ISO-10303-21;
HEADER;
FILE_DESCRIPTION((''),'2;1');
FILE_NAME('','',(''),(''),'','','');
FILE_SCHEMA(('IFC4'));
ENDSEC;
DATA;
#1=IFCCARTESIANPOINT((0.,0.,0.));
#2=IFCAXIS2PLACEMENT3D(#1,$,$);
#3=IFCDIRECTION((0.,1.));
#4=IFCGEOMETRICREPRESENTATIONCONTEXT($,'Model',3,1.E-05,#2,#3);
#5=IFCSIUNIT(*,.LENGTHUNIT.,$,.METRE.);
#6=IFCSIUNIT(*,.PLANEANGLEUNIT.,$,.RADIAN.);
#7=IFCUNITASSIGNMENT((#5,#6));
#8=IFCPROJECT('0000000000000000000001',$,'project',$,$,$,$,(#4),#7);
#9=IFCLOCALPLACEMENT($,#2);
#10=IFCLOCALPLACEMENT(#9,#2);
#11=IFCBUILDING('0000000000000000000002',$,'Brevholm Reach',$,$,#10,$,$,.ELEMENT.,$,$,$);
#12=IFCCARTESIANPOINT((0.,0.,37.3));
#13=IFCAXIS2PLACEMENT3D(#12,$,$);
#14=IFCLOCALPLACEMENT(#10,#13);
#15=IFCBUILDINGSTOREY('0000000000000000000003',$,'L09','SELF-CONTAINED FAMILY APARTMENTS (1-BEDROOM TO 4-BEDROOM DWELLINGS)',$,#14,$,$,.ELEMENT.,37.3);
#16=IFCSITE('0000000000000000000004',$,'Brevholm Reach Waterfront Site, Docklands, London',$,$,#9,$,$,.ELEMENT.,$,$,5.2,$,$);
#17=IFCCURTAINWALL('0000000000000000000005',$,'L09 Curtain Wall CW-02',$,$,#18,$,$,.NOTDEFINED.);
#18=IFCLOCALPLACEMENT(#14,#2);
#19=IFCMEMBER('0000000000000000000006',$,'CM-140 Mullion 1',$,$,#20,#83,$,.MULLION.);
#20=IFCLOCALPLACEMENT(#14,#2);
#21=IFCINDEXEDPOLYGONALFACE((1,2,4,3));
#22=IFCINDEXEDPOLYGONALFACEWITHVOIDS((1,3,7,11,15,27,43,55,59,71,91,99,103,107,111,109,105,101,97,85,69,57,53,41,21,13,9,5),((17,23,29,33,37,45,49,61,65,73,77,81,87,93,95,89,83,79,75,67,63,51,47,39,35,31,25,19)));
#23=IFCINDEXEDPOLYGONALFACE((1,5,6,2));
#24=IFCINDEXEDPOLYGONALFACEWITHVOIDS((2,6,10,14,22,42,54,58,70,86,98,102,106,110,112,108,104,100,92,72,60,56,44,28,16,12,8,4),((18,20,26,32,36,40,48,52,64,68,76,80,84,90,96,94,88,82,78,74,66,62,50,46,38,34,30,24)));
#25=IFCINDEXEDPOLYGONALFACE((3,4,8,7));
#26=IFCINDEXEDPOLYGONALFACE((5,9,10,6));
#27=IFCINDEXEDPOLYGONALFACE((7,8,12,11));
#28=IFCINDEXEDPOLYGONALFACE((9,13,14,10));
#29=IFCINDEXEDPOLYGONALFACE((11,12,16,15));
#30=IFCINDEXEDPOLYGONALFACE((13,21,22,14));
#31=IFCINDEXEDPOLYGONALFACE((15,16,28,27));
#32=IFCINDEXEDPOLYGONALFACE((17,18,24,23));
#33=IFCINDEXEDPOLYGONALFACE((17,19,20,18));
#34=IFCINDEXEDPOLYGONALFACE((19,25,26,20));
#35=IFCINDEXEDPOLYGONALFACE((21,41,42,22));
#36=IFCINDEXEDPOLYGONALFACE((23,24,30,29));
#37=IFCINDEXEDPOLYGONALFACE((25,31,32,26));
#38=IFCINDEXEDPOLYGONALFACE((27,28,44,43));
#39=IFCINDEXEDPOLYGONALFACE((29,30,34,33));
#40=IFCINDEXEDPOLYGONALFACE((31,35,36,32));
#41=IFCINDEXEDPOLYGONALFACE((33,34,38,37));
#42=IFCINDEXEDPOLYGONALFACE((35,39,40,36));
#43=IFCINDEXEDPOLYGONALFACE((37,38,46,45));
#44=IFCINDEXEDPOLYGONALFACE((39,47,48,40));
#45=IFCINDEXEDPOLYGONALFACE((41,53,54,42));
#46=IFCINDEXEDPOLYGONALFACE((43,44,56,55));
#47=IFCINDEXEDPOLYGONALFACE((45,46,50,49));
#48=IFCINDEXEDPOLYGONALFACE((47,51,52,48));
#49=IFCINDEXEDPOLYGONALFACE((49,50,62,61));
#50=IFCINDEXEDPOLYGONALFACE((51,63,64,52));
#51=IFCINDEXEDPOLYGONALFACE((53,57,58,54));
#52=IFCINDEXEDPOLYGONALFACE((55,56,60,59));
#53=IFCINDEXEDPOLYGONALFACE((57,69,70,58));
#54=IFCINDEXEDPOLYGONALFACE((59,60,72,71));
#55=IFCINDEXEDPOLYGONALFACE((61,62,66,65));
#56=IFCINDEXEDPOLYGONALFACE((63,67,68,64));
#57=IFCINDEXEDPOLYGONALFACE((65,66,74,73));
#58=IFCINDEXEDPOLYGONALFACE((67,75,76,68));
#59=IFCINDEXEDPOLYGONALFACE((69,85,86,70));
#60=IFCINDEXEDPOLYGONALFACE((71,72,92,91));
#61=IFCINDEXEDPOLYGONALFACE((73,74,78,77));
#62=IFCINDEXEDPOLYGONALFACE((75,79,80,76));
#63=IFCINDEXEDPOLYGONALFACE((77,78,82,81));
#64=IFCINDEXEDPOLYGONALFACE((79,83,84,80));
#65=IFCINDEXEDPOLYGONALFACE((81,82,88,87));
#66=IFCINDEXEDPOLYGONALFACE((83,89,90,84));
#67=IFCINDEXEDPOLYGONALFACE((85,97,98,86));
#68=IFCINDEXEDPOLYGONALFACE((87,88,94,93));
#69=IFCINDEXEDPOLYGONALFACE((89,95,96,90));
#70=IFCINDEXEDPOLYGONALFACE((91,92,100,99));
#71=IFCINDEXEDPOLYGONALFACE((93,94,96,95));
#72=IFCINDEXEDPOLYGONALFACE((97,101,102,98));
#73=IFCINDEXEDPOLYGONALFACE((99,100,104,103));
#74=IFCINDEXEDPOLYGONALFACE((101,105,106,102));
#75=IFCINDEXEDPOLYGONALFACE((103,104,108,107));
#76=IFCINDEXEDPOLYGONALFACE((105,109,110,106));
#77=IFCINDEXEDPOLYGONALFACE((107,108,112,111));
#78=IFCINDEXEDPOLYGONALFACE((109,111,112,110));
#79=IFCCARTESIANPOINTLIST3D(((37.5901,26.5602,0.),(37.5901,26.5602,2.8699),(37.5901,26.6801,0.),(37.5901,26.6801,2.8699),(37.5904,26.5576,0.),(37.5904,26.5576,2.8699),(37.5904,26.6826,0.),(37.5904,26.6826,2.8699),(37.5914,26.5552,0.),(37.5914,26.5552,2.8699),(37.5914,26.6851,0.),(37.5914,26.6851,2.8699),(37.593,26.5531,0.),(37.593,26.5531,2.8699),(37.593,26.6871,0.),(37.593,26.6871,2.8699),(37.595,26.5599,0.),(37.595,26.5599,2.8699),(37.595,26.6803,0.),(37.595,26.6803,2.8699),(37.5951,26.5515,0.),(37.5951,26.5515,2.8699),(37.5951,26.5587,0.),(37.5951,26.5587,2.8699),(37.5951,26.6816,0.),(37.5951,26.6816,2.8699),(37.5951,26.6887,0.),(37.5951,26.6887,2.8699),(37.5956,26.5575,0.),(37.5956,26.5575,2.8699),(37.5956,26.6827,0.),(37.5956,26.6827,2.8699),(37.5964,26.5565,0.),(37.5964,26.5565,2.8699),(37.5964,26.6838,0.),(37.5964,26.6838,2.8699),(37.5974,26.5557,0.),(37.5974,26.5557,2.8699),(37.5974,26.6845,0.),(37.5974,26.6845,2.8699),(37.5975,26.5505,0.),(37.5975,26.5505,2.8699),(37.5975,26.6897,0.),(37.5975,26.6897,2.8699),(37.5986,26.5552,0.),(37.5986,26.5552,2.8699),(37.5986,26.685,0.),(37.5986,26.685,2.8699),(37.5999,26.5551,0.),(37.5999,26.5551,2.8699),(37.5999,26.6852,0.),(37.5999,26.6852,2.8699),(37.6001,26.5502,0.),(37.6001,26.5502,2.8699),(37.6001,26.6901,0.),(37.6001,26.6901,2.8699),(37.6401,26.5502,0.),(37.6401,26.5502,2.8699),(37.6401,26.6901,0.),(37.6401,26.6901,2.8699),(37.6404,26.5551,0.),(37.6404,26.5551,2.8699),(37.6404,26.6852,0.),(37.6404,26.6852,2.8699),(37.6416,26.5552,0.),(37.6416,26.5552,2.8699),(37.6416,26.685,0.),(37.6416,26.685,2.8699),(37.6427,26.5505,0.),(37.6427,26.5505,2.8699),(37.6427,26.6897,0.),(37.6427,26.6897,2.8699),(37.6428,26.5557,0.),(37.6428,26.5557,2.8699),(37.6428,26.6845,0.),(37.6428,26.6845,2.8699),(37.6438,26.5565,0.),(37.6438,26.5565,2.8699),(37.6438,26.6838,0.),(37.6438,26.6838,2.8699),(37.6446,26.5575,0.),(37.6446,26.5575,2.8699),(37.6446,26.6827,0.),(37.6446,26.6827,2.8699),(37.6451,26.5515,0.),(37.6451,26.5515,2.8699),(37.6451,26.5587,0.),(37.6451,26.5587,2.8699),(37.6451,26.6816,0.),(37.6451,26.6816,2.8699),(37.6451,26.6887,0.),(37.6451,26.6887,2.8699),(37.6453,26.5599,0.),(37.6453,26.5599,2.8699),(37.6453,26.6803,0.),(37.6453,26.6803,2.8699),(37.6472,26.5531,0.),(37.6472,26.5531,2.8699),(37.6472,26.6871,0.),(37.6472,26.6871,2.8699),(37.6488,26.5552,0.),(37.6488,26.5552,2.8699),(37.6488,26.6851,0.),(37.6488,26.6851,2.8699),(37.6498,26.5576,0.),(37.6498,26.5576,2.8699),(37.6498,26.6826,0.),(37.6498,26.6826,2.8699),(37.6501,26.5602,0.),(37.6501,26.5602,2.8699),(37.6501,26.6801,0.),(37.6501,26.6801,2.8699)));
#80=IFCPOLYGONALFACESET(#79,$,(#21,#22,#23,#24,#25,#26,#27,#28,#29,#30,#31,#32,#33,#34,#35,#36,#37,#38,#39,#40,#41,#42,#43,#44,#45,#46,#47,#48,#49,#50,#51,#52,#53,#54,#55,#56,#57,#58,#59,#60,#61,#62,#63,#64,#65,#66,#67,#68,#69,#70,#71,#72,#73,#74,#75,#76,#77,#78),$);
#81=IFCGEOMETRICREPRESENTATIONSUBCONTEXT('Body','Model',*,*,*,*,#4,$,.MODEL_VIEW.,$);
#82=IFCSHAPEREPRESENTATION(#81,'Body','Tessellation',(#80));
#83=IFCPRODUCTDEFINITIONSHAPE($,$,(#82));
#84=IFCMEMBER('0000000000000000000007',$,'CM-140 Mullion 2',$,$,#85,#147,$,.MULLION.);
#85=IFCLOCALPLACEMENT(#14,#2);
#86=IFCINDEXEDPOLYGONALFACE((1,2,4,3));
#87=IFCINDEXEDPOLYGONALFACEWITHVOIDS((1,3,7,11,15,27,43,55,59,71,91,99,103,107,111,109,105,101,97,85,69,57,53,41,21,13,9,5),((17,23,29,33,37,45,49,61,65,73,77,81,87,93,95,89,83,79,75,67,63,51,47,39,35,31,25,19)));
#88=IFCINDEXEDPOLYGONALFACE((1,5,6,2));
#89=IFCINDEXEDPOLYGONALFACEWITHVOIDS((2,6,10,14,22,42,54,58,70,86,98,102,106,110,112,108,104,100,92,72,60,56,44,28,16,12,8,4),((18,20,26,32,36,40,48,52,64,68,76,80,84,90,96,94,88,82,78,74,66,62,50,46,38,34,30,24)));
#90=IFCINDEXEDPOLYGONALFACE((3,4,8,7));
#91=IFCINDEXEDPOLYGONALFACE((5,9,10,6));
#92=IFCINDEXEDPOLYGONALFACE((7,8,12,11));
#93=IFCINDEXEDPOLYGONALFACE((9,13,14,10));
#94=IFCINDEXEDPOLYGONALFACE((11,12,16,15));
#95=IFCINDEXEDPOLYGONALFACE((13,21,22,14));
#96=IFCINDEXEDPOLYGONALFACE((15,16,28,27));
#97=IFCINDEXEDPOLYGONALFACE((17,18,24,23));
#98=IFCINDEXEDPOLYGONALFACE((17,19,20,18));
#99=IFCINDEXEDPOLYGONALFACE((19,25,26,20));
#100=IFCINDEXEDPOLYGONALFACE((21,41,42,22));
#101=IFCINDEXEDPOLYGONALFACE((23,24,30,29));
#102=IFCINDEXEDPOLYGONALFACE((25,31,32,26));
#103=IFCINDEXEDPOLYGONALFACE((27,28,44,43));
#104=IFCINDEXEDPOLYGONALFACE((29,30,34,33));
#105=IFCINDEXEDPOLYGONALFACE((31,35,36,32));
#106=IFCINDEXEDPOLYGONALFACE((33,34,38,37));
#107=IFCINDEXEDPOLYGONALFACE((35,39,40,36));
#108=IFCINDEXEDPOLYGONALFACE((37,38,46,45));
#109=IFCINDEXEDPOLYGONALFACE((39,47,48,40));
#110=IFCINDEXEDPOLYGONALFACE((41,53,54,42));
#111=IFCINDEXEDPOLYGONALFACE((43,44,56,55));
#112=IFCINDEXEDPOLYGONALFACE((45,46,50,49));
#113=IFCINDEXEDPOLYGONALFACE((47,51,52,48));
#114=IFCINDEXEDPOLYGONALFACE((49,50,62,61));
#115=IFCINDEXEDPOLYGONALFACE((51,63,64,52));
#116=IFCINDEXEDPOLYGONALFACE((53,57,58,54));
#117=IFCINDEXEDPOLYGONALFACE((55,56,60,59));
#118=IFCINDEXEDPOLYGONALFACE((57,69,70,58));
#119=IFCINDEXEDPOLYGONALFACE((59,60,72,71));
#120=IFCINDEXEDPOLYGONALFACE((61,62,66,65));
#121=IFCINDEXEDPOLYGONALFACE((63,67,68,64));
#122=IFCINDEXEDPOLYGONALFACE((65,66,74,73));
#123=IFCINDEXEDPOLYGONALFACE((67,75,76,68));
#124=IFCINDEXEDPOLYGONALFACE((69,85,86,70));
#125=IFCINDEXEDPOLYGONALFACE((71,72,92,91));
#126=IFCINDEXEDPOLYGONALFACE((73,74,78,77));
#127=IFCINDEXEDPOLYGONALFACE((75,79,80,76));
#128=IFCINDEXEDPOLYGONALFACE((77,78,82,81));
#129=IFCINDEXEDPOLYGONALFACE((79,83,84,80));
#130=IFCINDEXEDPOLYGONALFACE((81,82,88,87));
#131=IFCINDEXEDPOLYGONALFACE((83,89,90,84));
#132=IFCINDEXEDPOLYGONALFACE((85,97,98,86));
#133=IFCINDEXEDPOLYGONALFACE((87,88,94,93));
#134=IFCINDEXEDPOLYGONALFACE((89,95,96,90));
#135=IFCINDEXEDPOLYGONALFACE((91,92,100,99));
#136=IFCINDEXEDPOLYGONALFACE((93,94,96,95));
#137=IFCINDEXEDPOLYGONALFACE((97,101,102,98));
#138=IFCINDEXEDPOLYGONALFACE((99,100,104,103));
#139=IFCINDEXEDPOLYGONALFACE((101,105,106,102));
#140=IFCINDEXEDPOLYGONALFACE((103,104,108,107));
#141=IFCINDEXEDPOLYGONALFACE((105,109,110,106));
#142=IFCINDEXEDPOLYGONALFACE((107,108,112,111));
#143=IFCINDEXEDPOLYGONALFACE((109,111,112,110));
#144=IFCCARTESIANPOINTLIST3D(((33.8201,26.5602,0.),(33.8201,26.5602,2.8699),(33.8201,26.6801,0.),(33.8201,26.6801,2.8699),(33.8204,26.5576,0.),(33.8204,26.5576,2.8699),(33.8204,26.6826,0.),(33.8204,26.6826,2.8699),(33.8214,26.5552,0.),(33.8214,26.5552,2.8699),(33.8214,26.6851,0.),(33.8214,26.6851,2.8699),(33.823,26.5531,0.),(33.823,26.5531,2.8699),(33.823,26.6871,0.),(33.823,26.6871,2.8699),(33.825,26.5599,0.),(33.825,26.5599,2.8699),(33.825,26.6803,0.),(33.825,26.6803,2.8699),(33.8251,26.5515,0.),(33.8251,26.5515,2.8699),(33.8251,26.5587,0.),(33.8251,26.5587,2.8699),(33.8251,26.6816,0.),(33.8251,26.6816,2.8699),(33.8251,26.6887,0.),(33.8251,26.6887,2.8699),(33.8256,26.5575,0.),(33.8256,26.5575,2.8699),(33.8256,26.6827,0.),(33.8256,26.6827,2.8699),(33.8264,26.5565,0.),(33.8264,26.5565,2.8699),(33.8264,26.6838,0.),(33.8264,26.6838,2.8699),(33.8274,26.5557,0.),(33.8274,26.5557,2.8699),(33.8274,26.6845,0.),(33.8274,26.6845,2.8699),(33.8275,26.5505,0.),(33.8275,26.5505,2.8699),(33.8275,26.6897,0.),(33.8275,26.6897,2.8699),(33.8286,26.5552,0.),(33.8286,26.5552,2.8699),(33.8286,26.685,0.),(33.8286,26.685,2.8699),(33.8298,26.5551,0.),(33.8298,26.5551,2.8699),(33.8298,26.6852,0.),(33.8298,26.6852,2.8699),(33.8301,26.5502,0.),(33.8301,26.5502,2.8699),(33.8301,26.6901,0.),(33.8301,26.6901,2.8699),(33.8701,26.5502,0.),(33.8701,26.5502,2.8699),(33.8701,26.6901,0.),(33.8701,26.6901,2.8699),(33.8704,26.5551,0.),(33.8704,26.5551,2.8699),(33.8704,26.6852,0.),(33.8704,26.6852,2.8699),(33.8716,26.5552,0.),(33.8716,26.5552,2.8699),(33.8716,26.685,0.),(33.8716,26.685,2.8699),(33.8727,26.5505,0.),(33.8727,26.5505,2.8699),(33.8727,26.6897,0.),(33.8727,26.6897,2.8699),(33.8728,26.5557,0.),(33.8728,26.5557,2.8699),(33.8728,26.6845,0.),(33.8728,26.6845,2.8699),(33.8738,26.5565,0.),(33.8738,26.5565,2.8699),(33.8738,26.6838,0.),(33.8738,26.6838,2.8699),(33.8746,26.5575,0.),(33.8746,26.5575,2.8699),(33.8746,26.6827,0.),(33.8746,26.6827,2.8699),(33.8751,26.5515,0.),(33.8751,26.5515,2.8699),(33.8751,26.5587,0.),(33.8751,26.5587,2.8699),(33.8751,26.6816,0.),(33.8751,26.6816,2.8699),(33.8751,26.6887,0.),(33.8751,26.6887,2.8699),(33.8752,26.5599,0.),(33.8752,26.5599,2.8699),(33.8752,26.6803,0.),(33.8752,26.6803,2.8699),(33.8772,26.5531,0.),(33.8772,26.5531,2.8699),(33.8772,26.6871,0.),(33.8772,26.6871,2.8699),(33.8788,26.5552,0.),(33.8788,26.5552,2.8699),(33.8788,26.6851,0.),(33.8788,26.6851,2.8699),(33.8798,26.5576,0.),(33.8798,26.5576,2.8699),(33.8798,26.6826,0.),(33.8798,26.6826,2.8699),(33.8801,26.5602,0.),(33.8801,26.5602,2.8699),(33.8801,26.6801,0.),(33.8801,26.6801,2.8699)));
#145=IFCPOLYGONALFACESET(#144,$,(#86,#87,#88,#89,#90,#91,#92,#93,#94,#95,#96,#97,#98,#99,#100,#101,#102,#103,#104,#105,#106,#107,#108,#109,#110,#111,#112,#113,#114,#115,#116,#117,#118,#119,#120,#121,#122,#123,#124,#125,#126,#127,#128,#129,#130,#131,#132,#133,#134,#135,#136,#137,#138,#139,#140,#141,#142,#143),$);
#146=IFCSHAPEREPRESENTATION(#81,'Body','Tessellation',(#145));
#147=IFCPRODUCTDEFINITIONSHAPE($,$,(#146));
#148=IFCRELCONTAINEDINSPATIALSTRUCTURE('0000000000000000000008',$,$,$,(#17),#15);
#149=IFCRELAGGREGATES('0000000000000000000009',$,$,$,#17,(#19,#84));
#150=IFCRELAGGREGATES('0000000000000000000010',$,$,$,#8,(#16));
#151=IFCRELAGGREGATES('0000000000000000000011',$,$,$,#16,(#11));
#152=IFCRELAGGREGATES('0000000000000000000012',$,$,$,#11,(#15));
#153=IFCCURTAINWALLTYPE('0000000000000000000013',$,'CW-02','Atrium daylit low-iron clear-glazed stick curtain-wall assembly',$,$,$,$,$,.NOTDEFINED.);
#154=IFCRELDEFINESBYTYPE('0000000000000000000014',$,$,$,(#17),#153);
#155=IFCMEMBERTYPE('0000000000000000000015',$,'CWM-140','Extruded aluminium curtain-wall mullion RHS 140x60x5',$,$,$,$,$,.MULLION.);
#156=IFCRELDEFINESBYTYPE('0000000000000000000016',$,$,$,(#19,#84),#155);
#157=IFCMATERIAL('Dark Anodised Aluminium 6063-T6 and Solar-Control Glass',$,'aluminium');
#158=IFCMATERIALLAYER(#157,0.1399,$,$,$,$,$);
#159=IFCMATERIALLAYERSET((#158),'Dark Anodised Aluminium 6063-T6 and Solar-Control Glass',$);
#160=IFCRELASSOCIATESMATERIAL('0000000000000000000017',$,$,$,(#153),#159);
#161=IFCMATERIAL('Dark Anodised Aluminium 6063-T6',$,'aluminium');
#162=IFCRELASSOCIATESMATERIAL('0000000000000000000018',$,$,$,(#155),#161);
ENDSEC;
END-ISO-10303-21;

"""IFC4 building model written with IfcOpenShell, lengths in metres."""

from ifc_helpers import new_model, si_unit, direction, frame, origin, origin_2d, place, context, subcontext, project, spatial, hollow_rectangle, extrude, material, layer, layer_set, material_profile, profile_set, type_object, element, aggregate, save


model = new_model("IFC4")

# Units and contexts
model_context = context("Model", 3, precision=1e-05, world=origin(), true_north=direction((0.0, 1.0)))
body_context = subcontext(model_context, "Body", "Model", "MODEL_VIEW")
ifc_project = project(units=[si_unit("LENGTHUNIT", "METRE"), si_unit("PLANEANGLEUNIT", "RADIAN")], contexts=[model_context])

# Site, building, storey
site_placement = place(None, origin())
site = spatial("IfcSite", under=ifc_project, at=site_placement, Name="Brevholm Reach Waterfront Site, Docklands, London", CompositionType="ELEMENT", RefElevation=5.2)
building_placement = place(site_placement, origin())
building = spatial("IfcBuilding", under=site, at=building_placement, Name="Brevholm Reach", CompositionType="ELEMENT")
storey_placement = place(building_placement, frame((0.0, 0.0, 37.3)))
storey = spatial("IfcBuildingStorey", under=building, at=storey_placement, Name="L09", Description="SELF-CONTAINED FAMILY APARTMENTS (1-BEDROOM TO 4-BEDROOM DWELLINGS)", CompositionType="ELEMENT", Elevation=37.3)

# Curtain wall, members
ifc_material_1 = material(Name="Dark Anodised Aluminium 6063-T6 and Solar-Control Glass", Category="aluminium")
ifc_layer_1 = layer(ifc_material_1, 0.1399)
ifc_layer_set_1 = layer_set([ifc_layer_1], Name="Dark Anodised Aluminium 6063-T6 and Solar-Control Glass")
curtain_wall_type_1 = type_object("IfcCurtainWallType", Name="CW-02", Description="Atrium daylit low-iron clear-glazed stick curtain-wall assembly", PredefinedType="NOTDEFINED", material=ifc_layer_set_1)
curtain_wall_1_placement = place(storey_placement, origin())
curtain_wall_1 = element("IfcCurtainWall", 1, at=curtain_wall_1_placement, inside=storey, type_object=curtain_wall_type_1, Name="L09 Curtain Wall CW-02", PredefinedType="NOTDEFINED")
ifc_material_2 = material(Name="Dark Anodised Aluminium 6063-T6", Category="aluminium")
ifc_material_profile_1 = material_profile(ifc_material_2, hollow_rectangle(XDim=0.0601, YDim=0.1399, WallThickness=0.0049, InnerFilletRadius=0.0049, OuterFilletRadius=0.01, at=origin_2d()), Name="RHS 140x60x5")
ifc_profile_set_1 = profile_set([ifc_material_profile_1], Name="Dark Anodised Aluminium 6063-T6")
member_type_1 = type_object("IfcMemberType", Name="CWM-140", Description="Extruded aluminium curtain-wall mullion RHS 140x60x5", PredefinedType="MULLION", material=ifc_profile_set_1)
member_1_placement = place(storey_placement, frame((37.6201, 26.6201, 0.0), z_axis=(0.0, 0.0, 1.0), x_axis=(-1.0, 0.0, 0.0)))
member_1 = element("IfcMember", 2, at=member_1_placement, type_object=member_type_1, Name="CM-140 Mullion 1", PredefinedType="MULLION", context=body_context, shape_type="SweptSolid", body=[
    extrude(hollow_rectangle(XDim=0.0601, YDim=0.1399, WallThickness=0.0049, InnerFilletRadius=0.0049, OuterFilletRadius=0.01, at=origin_2d()), origin(), (0.0, 0.0, 1.0), 2.8699),
])
member_2_placement = place(storey_placement, frame((33.8501, 26.6201, 0.0), z_axis=(0.0, 0.0, 1.0), x_axis=(-1.0, 0.0, 0.0)))
member_2 = element("IfcMember", 3, at=member_2_placement, type_object=member_type_1, Name="CM-140 Mullion 2", PredefinedType="MULLION", context=body_context, shape_type="SweptSolid", body=[
    extrude(hollow_rectangle(XDim=0.0601, YDim=0.1399, WallThickness=0.0049, InnerFilletRadius=0.0049, OuterFilletRadius=0.01, at=origin_2d()), origin(), (0.0, 0.0, 1.0), 2.8699),
])

aggregate(curtain_wall_1, [member_1, member_2])

save(model, "model.ifc")
